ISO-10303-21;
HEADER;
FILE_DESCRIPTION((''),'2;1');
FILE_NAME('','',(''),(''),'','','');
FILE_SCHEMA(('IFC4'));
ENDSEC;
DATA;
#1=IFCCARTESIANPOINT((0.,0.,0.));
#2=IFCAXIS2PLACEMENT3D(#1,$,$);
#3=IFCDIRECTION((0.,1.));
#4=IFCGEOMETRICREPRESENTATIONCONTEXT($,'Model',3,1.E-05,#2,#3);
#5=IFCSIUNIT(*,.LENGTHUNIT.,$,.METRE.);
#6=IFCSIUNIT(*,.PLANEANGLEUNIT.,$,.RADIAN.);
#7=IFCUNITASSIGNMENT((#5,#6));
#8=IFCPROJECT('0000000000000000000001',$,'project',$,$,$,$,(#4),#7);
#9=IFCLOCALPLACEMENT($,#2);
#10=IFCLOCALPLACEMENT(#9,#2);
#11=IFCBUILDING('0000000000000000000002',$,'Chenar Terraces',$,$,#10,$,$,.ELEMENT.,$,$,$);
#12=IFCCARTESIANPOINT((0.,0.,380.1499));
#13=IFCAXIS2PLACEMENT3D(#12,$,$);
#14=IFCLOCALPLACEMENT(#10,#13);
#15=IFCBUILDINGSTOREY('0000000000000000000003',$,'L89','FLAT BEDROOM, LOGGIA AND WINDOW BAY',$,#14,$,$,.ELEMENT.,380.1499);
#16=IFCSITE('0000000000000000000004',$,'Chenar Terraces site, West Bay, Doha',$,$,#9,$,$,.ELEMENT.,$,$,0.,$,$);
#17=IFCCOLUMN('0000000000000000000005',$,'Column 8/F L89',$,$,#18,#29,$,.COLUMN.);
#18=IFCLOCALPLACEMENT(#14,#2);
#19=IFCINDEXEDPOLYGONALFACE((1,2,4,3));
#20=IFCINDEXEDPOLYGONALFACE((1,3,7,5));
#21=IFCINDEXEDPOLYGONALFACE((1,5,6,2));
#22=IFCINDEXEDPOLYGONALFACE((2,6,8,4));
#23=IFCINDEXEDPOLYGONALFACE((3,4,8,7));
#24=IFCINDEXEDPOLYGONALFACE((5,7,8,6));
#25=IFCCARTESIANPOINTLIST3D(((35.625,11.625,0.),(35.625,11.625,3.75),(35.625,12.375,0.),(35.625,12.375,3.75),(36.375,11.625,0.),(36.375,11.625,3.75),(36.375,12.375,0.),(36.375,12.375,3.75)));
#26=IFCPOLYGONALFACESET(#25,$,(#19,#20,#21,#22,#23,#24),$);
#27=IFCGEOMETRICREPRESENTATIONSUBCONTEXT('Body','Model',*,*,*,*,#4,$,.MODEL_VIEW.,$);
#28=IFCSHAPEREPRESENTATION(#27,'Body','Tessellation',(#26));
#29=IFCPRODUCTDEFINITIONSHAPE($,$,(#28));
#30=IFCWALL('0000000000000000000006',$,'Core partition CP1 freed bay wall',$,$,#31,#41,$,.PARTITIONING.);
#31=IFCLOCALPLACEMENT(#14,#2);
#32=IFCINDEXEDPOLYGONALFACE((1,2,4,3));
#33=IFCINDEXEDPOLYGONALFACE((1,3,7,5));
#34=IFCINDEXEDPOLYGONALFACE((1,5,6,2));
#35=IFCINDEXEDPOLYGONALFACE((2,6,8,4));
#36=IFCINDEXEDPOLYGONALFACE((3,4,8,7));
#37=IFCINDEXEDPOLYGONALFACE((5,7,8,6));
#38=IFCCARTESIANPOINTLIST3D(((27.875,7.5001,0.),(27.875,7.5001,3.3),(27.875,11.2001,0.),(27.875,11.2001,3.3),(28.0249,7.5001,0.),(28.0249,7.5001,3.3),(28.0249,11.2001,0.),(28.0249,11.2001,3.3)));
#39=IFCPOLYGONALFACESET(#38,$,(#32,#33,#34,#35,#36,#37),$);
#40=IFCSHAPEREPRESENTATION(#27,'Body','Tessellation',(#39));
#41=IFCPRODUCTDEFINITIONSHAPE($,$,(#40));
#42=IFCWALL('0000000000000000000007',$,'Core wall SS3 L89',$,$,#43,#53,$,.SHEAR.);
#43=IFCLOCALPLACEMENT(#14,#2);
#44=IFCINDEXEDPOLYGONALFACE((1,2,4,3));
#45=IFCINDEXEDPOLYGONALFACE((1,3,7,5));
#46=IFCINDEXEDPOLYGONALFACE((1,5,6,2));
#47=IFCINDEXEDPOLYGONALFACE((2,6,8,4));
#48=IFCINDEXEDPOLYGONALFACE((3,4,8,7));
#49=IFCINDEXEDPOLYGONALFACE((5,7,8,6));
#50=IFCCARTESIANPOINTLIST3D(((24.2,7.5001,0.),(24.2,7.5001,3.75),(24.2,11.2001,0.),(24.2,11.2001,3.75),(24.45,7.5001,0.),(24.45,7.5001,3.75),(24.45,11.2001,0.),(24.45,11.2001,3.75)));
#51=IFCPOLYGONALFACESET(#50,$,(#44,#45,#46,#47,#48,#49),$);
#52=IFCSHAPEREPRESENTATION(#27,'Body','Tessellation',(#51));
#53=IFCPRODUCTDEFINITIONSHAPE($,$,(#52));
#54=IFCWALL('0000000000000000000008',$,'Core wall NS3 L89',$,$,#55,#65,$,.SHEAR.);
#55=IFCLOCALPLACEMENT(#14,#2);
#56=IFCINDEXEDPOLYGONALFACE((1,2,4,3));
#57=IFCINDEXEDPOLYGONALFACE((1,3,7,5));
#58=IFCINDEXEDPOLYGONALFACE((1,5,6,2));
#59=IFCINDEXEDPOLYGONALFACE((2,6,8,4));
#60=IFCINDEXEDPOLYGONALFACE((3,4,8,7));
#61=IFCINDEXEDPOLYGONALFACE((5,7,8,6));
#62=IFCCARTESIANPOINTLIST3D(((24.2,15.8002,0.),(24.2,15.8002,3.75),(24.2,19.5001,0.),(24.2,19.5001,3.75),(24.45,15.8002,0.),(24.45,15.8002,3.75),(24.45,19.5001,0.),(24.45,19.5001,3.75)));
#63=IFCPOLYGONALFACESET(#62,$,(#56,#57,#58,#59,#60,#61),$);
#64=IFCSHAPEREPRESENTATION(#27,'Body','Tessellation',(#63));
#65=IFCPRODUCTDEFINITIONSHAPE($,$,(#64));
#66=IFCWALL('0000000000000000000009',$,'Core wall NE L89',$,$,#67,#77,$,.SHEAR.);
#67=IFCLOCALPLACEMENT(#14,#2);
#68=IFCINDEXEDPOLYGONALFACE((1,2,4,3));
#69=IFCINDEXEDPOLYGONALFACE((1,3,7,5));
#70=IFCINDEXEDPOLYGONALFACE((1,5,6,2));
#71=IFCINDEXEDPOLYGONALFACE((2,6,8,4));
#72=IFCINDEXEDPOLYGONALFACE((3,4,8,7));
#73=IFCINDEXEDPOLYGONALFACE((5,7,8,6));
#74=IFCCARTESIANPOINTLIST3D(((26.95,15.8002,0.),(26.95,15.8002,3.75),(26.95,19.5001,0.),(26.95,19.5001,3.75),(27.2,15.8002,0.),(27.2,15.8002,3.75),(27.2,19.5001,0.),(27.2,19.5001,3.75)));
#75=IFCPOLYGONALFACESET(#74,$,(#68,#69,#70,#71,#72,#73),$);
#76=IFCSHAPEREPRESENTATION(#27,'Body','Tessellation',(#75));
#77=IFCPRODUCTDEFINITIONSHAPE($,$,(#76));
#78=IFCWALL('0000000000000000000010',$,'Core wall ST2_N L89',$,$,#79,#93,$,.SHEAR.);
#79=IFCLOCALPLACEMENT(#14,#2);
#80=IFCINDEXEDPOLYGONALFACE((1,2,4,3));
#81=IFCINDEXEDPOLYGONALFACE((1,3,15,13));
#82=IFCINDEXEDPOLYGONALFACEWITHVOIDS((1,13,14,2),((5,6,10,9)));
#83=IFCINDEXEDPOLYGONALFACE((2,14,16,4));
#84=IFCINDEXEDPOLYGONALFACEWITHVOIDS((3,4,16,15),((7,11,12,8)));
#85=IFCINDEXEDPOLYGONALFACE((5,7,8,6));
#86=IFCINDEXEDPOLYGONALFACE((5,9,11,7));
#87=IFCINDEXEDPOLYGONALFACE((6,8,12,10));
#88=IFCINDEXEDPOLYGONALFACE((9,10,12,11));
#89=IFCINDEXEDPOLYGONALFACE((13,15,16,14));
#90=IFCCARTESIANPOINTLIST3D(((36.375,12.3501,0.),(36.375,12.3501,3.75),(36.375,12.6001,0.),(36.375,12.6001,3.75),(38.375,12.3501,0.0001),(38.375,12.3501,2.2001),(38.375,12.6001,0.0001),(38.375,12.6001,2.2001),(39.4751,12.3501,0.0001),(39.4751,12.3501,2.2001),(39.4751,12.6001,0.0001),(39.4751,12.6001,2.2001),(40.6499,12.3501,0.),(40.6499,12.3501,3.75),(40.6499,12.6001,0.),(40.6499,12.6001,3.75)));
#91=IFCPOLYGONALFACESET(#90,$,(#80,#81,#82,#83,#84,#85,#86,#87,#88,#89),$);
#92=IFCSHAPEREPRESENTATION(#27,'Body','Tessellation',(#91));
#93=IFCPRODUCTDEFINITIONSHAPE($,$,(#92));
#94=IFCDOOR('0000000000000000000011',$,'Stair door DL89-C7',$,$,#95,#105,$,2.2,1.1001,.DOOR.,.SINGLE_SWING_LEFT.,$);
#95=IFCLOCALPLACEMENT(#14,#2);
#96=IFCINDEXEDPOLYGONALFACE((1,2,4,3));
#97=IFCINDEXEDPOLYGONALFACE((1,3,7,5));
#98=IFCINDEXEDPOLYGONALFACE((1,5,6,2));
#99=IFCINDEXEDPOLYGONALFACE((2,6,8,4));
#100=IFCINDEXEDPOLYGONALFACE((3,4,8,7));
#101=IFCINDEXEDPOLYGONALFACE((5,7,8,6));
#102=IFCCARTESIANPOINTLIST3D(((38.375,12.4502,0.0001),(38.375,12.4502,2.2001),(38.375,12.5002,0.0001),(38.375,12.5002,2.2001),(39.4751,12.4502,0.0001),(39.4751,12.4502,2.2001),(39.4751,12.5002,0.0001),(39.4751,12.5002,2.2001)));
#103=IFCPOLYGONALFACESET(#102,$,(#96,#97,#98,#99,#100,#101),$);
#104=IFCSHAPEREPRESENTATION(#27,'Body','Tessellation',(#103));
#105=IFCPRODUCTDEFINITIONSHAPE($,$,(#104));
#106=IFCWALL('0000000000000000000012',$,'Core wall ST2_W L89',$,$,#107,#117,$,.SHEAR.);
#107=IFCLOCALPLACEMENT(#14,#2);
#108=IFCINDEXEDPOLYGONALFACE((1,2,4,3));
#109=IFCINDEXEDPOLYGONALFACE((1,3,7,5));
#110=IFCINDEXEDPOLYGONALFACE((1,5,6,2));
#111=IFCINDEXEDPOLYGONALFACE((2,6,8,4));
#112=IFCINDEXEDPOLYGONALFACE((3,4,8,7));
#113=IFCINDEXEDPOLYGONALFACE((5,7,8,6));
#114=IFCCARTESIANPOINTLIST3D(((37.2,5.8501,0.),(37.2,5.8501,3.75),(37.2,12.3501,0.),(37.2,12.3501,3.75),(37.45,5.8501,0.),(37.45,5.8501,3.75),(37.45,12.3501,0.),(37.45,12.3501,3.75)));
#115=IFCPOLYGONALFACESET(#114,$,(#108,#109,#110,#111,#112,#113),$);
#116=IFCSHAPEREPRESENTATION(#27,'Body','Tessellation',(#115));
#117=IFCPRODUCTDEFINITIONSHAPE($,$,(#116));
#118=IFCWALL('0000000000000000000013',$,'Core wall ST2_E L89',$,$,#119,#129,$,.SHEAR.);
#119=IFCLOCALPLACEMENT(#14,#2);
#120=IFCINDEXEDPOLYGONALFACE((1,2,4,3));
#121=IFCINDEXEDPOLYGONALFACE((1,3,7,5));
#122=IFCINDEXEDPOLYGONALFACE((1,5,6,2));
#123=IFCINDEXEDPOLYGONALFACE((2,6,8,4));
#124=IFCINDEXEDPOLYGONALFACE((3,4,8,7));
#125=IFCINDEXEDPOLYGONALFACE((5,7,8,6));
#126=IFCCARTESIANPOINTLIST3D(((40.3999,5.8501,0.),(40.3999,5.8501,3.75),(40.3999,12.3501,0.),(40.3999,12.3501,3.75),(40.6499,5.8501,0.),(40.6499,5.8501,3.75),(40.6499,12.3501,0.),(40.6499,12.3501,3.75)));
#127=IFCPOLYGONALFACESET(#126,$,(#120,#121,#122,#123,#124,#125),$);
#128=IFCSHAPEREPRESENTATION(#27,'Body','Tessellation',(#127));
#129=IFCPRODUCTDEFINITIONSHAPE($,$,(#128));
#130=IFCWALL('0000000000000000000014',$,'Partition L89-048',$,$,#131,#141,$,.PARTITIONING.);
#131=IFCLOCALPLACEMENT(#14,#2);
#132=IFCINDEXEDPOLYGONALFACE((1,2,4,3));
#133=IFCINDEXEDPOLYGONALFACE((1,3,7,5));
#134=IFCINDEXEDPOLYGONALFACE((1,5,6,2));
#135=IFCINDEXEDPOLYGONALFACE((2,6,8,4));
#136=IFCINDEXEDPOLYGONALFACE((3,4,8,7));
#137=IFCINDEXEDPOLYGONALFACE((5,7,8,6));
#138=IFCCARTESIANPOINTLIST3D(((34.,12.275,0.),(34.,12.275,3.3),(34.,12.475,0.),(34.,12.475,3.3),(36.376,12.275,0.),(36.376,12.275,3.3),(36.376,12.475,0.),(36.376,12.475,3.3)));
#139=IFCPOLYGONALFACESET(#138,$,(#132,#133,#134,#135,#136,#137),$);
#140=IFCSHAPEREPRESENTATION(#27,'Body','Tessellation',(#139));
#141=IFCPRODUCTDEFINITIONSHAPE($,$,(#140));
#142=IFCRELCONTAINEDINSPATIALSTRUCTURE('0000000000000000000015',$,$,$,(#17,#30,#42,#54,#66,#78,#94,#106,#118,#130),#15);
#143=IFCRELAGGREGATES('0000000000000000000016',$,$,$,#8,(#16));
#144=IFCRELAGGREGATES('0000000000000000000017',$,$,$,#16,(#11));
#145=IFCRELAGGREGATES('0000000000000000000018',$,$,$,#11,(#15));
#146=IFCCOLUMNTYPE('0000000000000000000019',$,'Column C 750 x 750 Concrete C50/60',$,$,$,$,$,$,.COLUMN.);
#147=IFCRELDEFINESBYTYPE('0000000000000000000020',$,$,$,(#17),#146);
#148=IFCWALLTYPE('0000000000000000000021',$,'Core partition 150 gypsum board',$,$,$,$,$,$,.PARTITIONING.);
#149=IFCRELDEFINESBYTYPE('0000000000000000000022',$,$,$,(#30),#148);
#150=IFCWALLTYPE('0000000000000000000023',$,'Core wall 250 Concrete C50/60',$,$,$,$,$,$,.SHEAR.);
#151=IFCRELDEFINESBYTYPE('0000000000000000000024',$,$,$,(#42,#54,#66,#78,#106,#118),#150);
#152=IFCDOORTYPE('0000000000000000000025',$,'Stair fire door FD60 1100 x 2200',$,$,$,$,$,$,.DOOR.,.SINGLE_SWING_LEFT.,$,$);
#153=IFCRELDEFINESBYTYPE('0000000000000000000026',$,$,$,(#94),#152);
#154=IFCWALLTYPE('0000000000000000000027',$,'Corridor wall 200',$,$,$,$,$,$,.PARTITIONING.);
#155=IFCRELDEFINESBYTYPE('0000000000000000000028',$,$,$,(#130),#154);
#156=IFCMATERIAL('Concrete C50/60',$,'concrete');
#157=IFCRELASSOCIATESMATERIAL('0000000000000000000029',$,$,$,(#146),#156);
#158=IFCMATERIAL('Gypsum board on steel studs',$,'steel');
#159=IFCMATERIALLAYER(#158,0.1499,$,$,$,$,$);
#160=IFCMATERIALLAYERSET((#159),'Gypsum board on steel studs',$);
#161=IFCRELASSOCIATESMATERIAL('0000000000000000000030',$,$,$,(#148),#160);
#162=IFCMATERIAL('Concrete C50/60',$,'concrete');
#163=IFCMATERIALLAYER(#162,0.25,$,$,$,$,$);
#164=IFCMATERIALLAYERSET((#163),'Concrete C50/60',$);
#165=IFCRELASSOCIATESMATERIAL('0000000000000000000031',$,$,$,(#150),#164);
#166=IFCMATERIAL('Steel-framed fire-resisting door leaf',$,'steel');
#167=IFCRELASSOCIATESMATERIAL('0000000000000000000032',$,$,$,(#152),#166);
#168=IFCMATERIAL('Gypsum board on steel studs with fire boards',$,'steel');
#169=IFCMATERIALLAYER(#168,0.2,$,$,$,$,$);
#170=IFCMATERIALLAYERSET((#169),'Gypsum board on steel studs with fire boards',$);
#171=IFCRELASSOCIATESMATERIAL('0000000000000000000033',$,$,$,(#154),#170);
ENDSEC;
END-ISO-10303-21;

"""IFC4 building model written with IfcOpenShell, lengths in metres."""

from ifc_helpers import new_model, si_unit, direction, frame, frame_2d, origin, origin_2d, place, context, subcontext, project, spatial, rectangle, extrude, material, layer, layer_set, material_profile, profile_set, type_object, element, fill, save


model = new_model("IFC4")

# Units and contexts
model_context = context("Model", 3, precision=1e-05, world=origin(), true_north=direction((0.0, 1.0)))
body_context = subcontext(model_context, "Body", "Model", "MODEL_VIEW")
ifc_project = project(units=[si_unit("LENGTHUNIT", "METRE"), si_unit("PLANEANGLEUNIT", "RADIAN")], contexts=[model_context])

# Site, building, storey
site_placement = place(None, origin())
site = spatial("IfcSite", under=ifc_project, at=site_placement, Name="Chenar Terraces site, West Bay, Doha", CompositionType="ELEMENT", RefElevation=0.0)
building_placement = place(site_placement, origin())
building = spatial("IfcBuilding", under=site, at=building_placement, Name="Chenar Terraces", CompositionType="ELEMENT")
storey_placement = place(building_placement, frame((0.0, 0.0, 380.1499)))
storey = spatial("IfcBuildingStorey", under=building, at=storey_placement, Name="L89", Description="FLAT BEDROOM, LOGGIA AND WINDOW BAY", CompositionType="ELEMENT", Elevation=380.1499)

# Column
ifc_material_1 = material(Name="Concrete C50/60", Category="concrete")
ifc_material_profile = material_profile(ifc_material_1, rectangle(XDim=0.75, YDim=0.75, at=origin_2d()), Name="C 750 x 750")
ifc_profile_set = profile_set([ifc_material_profile], Name="Concrete C50/60")
column_type = type_object("IfcColumnType", Name="Column C 750 x 750 Concrete C50/60", PredefinedType="COLUMN", material=ifc_profile_set)
column_placement = place(storey_placement, frame((36.0, 12.0, 0.0), z_axis=(0.0, 0.0, 1.0), x_axis=(1.0, 0.0, 0.0)))
element("IfcColumn", 1, at=column_placement, inside=storey, type_object=column_type, Name="Column 8/F L89", PredefinedType="COLUMN", context=body_context, shape_type="SweptSolid", body=[
    extrude(rectangle(XDim=0.75, YDim=0.75, at=origin_2d()), origin(), (0.0, 0.0, 1.0), 3.75),
])

# Walls
ifc_material_2 = material(Name="Gypsum board on steel studs", Category="steel")
ifc_layer_1 = layer(ifc_material_2, 0.1499)
ifc_layer_set_1 = layer_set([ifc_layer_1], Name="Gypsum board on steel studs")
wall_type_1 = type_object("IfcWallType", Name="Core partition 150 gypsum board", PredefinedType="PARTITIONING", material=ifc_layer_set_1)
wall_1_placement = place(storey_placement, frame((27.95, 7.5, 0.0), z_axis=(0.0, 0.0, 1.0), x_axis=(0.0, 1.0, 0.0)))
element("IfcWall", 2, at=wall_1_placement, inside=storey, type_object=wall_type_1, Name="Core partition CP1 freed bay wall", PredefinedType="PARTITIONING", context=body_context, shape_type="SweptSolid", body=[
    extrude(rectangle(XDim=3.7, YDim=0.1499, at=frame_2d((1.8501, 0.0))), origin(), (0.0, 0.0, 1.0), 3.3),
])
ifc_material_3 = material(Name="Concrete C50/60", Category="concrete")
ifc_layer_2 = layer(ifc_material_3, 0.25)
ifc_layer_set_2 = layer_set([ifc_layer_2], Name="Concrete C50/60")
wall_type_2 = type_object("IfcWallType", Name="Core wall 250 Concrete C50/60", PredefinedType="SHEAR", material=ifc_layer_set_2)
for number, where, z_axis, x_axis, name in (
    (3, (24.325, 7.5, 0.0), (0.0, 0.0, 1.0), (0.0, 1.0, 0.0), "Core wall SS3 L89"),
    (4, (24.325, 15.8, 0.0), (0.0, 0.0, 1.0), (0.0, 1.0, 0.0), "Core wall NS3 L89"),
    (5, (27.075, 15.8, 0.0), (0.0, 0.0, 1.0), (0.0, 1.0, 0.0), "Core wall NE L89"),
):
    element("IfcWall", number, at=place(storey_placement, frame(where, z_axis=z_axis, x_axis=x_axis)), inside=storey, type_object=wall_type_2, Name=name, PredefinedType="SHEAR", context=body_context, shape_type="SweptSolid", body=[
        extrude(rectangle(XDim=3.7, YDim=0.25, at=frame_2d((1.8501, 0.0))), origin(), (0.0, 0.0, 1.0), 3.75),
    ])

# Wall, opening, door
wall_2_placement = place(storey_placement, frame((36.375, 12.4751, 0.0), z_axis=(0.0, 0.0, 1.0), x_axis=(1.0, 0.0, 0.0)))
wall_2 = element("IfcWall", 6, at=wall_2_placement, inside=storey, type_object=wall_type_2, Name="Core wall ST2_N L89", PredefinedType="SHEAR", context=body_context, shape_type="SweptSolid", body=[
    extrude(rectangle(XDim=4.2749, YDim=0.25, at=frame_2d((2.1375, 0.0))), origin(), (0.0, 0.0, 1.0), 3.75),
])
opening_1_placement = place(wall_2_placement, frame((2.0, 0.0, 0.0)))
opening_1 = element("IfcOpeningElement", 7, at=opening_1_placement, cuts=wall_2, PredefinedType="OPENING", context=body_context, shape_type="SweptSolid", body=[
    extrude(rectangle(XDim=1.1001, YDim=2.2, at=frame_2d((0.55, 1.1001))), frame((0.0, 0.135, 0.0), z_axis=(0.0, -1.0, 0.0), x_axis=(1.0, 0.0, 0.0)), (0.0, 0.0, 1.0), 0.27),
])
ifc_material_4 = material(Name="Steel-framed fire-resisting door leaf", Category="steel")
door_type_1 = type_object("IfcDoorType", Name="Stair fire door FD60 1100 x 2200", OperationType="SINGLE_SWING_LEFT", PredefinedType="DOOR", material=ifc_material_4)
door_1_placement = place(opening_1_placement, frame((1.1001, 0.0, 0.0), z_axis=(0.0, 0.0, 1.0), x_axis=(-1.0, 0.0, 0.0)))
door_1 = element("IfcDoor", 8, at=door_1_placement, inside=storey, type_object=door_type_1, Name="Stair door DL89-C7", OperationType="SINGLE_SWING_LEFT", OverallHeight=2.2, OverallWidth=1.1001, PredefinedType="DOOR", context=body_context, shape_type="SweptSolid", body=[
    extrude(rectangle(XDim=1.1001, YDim=2.2, at=frame_2d((0.55, 1.1001))), frame((0.0, 0.0249, 0.0), z_axis=(0.0, -1.0, 0.0), x_axis=(1.0, 0.0, 0.0)), (0.0, 0.0, 1.0), 0.05),
])
fill(opening_1, door_1)

# Walls
for number, where, z_axis, x_axis, name in (
    (9, (37.325, 5.8501, 0.0), (0.0, 0.0, 1.0), (0.0, 1.0, 0.0), "Core wall ST2_W L89"),
    (10, (40.5249, 5.8501, 0.0), (0.0, 0.0, 1.0), (0.0, 1.0, 0.0), "Core wall ST2_E L89"),
):
    element("IfcWall", number, at=place(storey_placement, frame(where, z_axis=z_axis, x_axis=x_axis)), inside=storey, type_object=wall_type_2, Name=name, PredefinedType="SHEAR", context=body_context, shape_type="SweptSolid", body=[
        extrude(rectangle(XDim=6.5, YDim=0.25, at=frame_2d((3.25, 0.0))), origin(), (0.0, 0.0, 1.0), 3.75),
    ])

# Wall
ifc_material_5 = material(Name="Gypsum board on steel studs with fire boards", Category="steel")
ifc_layer_3 = layer(ifc_material_5, 0.2)
ifc_layer_set_3 = layer_set([ifc_layer_3], Name="Gypsum board on steel studs with fire boards")
wall_type_3 = type_object("IfcWallType", Name="Corridor wall 200", PredefinedType="PARTITIONING", material=ifc_layer_set_3)
wall_3_placement = place(storey_placement, frame((34.0, 12.375, 0.0), z_axis=(0.0, 0.0, 1.0), x_axis=(1.0, 0.0, 0.0)))
element("IfcWall", 11, at=wall_3_placement, inside=storey, type_object=wall_type_3, Name="Partition L89-048", PredefinedType="PARTITIONING", context=body_context, shape_type="SweptSolid", body=[
    extrude(rectangle(XDim=2.376, YDim=0.2, at=frame_2d((1.188, 0.0))), origin(), (0.0, 0.0, 1.0), 3.3),
])

save(model, "model.ifc")
